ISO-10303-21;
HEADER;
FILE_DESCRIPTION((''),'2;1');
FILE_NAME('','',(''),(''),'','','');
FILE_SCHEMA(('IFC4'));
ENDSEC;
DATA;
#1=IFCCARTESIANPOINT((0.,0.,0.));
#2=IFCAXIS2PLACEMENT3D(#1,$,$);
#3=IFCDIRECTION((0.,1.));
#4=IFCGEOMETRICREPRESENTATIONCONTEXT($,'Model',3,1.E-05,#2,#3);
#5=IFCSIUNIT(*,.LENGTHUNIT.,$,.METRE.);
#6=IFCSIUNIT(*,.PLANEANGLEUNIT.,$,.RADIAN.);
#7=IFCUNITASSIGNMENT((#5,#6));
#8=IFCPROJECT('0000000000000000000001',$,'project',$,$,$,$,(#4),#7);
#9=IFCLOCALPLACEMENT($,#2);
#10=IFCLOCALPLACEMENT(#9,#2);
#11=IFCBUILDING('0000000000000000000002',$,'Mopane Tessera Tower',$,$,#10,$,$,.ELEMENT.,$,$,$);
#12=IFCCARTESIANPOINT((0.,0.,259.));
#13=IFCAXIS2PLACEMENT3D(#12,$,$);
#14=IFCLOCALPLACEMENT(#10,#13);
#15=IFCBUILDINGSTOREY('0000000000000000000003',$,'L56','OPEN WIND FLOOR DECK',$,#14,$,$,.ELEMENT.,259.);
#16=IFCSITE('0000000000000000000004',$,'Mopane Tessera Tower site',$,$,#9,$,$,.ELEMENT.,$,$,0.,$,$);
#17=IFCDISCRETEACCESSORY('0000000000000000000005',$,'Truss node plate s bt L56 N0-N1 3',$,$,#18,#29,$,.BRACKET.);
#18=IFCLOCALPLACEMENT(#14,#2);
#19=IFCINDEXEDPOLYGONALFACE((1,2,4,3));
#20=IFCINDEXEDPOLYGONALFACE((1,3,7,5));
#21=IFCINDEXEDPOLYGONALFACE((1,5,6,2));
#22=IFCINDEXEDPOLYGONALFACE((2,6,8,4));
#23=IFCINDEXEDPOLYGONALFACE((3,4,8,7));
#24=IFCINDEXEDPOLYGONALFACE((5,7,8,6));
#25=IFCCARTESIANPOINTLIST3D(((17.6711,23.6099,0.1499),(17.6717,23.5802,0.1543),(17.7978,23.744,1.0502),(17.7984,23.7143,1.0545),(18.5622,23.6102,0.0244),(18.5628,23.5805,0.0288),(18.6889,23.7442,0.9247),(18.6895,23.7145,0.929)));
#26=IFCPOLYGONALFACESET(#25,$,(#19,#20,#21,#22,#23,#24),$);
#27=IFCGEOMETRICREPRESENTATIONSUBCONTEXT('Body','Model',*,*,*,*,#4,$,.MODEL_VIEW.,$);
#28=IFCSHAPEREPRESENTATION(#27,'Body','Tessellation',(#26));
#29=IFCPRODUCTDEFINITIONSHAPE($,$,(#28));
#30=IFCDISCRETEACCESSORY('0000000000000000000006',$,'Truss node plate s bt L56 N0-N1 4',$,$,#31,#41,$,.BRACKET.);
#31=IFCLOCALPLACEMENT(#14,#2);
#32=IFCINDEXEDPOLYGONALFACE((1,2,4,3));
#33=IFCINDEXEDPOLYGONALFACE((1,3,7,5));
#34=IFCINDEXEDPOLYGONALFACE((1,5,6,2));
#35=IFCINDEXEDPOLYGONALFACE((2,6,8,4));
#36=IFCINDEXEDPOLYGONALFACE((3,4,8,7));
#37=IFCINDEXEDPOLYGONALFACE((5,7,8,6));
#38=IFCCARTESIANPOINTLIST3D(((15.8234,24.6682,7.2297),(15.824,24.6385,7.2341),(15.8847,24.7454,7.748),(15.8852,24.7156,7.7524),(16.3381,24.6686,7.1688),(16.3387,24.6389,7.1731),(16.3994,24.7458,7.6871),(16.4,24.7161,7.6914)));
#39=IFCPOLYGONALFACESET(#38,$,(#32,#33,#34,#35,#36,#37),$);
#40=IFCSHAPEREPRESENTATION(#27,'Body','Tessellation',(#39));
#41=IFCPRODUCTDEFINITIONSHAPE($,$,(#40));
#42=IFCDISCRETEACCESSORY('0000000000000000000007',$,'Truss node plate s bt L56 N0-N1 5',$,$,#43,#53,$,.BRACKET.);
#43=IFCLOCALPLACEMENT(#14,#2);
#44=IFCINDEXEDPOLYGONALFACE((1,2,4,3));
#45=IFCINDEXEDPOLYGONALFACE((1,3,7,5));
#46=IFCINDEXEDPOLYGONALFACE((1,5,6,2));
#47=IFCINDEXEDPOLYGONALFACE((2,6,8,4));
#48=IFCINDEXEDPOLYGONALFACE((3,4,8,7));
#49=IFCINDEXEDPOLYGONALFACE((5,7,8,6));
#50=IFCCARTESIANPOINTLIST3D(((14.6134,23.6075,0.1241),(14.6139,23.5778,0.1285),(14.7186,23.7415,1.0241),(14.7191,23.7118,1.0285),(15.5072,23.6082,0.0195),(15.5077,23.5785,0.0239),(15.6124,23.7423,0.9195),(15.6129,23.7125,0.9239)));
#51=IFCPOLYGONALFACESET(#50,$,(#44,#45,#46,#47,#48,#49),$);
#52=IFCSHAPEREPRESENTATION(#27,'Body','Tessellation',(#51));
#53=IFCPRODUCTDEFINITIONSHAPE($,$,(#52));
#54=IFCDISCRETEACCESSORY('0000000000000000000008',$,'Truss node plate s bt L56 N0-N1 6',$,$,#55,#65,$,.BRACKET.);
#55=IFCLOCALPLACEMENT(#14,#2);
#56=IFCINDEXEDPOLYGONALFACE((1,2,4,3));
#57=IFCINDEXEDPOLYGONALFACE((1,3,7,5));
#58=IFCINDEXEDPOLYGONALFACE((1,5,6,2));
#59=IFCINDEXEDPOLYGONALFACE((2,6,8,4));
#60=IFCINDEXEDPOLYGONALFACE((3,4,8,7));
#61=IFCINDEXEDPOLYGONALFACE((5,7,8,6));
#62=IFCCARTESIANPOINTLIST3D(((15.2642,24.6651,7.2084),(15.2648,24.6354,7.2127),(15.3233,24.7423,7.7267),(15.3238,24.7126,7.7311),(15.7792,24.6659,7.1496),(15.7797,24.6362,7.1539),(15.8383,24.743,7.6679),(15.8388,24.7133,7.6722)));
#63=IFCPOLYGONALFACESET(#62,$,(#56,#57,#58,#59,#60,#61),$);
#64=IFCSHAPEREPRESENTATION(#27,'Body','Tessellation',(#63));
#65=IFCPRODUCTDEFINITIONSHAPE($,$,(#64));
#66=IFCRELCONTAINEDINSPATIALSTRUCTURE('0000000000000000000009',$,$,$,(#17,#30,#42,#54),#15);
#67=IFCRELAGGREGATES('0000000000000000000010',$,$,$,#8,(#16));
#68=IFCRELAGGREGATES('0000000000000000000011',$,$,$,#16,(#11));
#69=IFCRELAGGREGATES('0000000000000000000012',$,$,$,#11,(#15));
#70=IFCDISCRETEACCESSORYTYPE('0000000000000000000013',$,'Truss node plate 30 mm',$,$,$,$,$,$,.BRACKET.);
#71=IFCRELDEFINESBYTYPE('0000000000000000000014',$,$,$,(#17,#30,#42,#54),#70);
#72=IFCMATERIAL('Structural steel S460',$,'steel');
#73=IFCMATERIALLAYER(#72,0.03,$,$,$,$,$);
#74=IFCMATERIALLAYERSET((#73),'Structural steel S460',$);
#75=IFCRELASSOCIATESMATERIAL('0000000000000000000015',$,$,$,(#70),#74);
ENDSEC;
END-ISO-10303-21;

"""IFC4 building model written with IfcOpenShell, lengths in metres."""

from ifc_helpers import new_model, si_unit, direction, frame, origin, origin_2d, place, context, subcontext, project, spatial, rectangle, extrude, material, layer, layer_set, type_object, element, save


model = new_model("IFC4")

# Units and contexts
model_context = context("Model", 3, precision=1e-05, world=origin(), true_north=direction((0.0, 1.0)))
body_context = subcontext(model_context, "Body", "Model", "MODEL_VIEW")
ifc_project = project(units=[si_unit("LENGTHUNIT", "METRE"), si_unit("PLANEANGLEUNIT", "RADIAN")], contexts=[model_context])

# Site, building, storey
site_placement = place(None, origin())
site = spatial("IfcSite", under=ifc_project, at=site_placement, Name="Mopane Tessera Tower site", CompositionType="ELEMENT", RefElevation=0.0)
building_placement = place(site_placement, origin())
building = spatial("IfcBuilding", under=site, at=building_placement, Name="Mopane Tessera Tower", CompositionType="ELEMENT")
storey_placement = place(building_placement, frame((0.0, 0.0, 259.0)))
storey = spatial("IfcBuildingStorey", under=building, at=storey_placement, Name="L56", Description="OPEN WIND FLOOR DECK", CompositionType="ELEMENT", Elevation=259.0)

# Discrete accessories
ifc_material_1 = material(Name="Structural steel S460", Category="steel")
ifc_layer_1 = layer(ifc_material_1, 0.03)
ifc_layer_set_1 = layer_set([ifc_layer_1], Name="Structural steel S460")
discrete_accessory_type = type_object("IfcDiscreteAccessoryType", Name="Truss node plate 30 mm", PredefinedType="BRACKET", material=ifc_layer_set_1)
discrete_accessory_1_placement = place(storey_placement, frame((18.1169, 23.5952, 0.0894), z_axis=(0.1379, 0.145871, 0.979646), x_axis=(0.020626, -0.989304, 0.144405)))
element("IfcDiscreteAccessory", 1, at=discrete_accessory_1_placement, inside=storey, type_object=discrete_accessory_type, Name="Truss node plate s bt L56 N0-N1 3", PredefinedType="BRACKET", context=body_context, shape_type="SweptSolid", body=[
    extrude(rectangle(XDim=0.03, YDim=0.8999, at=origin_2d()), origin(), (0.0, 0.0, 1.0), 0.9189),
])
discrete_accessory_2_placement = place(storey_placement, frame((16.0811, 24.6536, 7.2014), z_axis=(0.116149, 0.146228, 0.982409), x_axis=(0.017985, -0.989251, 0.14512)))
element("IfcDiscreteAccessory", 2, at=discrete_accessory_2_placement, inside=storey, type_object=discrete_accessory_type, Name="Truss node plate s bt L56 N0-N1 4", PredefinedType="BRACKET", context=body_context, shape_type="SweptSolid", body=[
    extrude(rectangle(XDim=0.03, YDim=0.5183, at=origin_2d()), origin(), (0.0, 0.0, 1.0), 0.5276),
])
discrete_accessory_3_placement = place(storey_placement, frame((15.0605, 23.593, 0.074), z_axis=(0.114857, 0.146303, 0.982549), x_axis=(0.01781, -0.989239, 0.145217)))
element("IfcDiscreteAccessory", 3, at=discrete_accessory_3_placement, inside=storey, type_object=discrete_accessory_type, Name="Truss node plate s bt L56 N0-N1 5", PredefinedType="BRACKET", context=body_context, shape_type="SweptSolid", body=[
    extrude(rectangle(XDim=0.03, YDim=0.8999, at=origin_2d()), origin(), (0.0, 0.0, 1.0), 0.916),
])
discrete_accessory_4_placement = place(storey_placement, frame((15.522, 24.6506, 7.1812), z_axis=(0.112038, 0.146297, 0.982876), x_axis=(0.017996, -0.98924, 0.145193)))
element("IfcDiscreteAccessory", 4, at=discrete_accessory_4_placement, inside=storey, type_object=discrete_accessory_type, Name="Truss node plate s bt L56 N0-N1 6", PredefinedType="BRACKET", context=body_context, shape_type="SweptSolid", body=[
    extrude(rectangle(XDim=0.03, YDim=0.5183, at=origin_2d()), origin(), (0.0, 0.0, 1.0), 0.5273),
])

save(model, "model.ifc")
